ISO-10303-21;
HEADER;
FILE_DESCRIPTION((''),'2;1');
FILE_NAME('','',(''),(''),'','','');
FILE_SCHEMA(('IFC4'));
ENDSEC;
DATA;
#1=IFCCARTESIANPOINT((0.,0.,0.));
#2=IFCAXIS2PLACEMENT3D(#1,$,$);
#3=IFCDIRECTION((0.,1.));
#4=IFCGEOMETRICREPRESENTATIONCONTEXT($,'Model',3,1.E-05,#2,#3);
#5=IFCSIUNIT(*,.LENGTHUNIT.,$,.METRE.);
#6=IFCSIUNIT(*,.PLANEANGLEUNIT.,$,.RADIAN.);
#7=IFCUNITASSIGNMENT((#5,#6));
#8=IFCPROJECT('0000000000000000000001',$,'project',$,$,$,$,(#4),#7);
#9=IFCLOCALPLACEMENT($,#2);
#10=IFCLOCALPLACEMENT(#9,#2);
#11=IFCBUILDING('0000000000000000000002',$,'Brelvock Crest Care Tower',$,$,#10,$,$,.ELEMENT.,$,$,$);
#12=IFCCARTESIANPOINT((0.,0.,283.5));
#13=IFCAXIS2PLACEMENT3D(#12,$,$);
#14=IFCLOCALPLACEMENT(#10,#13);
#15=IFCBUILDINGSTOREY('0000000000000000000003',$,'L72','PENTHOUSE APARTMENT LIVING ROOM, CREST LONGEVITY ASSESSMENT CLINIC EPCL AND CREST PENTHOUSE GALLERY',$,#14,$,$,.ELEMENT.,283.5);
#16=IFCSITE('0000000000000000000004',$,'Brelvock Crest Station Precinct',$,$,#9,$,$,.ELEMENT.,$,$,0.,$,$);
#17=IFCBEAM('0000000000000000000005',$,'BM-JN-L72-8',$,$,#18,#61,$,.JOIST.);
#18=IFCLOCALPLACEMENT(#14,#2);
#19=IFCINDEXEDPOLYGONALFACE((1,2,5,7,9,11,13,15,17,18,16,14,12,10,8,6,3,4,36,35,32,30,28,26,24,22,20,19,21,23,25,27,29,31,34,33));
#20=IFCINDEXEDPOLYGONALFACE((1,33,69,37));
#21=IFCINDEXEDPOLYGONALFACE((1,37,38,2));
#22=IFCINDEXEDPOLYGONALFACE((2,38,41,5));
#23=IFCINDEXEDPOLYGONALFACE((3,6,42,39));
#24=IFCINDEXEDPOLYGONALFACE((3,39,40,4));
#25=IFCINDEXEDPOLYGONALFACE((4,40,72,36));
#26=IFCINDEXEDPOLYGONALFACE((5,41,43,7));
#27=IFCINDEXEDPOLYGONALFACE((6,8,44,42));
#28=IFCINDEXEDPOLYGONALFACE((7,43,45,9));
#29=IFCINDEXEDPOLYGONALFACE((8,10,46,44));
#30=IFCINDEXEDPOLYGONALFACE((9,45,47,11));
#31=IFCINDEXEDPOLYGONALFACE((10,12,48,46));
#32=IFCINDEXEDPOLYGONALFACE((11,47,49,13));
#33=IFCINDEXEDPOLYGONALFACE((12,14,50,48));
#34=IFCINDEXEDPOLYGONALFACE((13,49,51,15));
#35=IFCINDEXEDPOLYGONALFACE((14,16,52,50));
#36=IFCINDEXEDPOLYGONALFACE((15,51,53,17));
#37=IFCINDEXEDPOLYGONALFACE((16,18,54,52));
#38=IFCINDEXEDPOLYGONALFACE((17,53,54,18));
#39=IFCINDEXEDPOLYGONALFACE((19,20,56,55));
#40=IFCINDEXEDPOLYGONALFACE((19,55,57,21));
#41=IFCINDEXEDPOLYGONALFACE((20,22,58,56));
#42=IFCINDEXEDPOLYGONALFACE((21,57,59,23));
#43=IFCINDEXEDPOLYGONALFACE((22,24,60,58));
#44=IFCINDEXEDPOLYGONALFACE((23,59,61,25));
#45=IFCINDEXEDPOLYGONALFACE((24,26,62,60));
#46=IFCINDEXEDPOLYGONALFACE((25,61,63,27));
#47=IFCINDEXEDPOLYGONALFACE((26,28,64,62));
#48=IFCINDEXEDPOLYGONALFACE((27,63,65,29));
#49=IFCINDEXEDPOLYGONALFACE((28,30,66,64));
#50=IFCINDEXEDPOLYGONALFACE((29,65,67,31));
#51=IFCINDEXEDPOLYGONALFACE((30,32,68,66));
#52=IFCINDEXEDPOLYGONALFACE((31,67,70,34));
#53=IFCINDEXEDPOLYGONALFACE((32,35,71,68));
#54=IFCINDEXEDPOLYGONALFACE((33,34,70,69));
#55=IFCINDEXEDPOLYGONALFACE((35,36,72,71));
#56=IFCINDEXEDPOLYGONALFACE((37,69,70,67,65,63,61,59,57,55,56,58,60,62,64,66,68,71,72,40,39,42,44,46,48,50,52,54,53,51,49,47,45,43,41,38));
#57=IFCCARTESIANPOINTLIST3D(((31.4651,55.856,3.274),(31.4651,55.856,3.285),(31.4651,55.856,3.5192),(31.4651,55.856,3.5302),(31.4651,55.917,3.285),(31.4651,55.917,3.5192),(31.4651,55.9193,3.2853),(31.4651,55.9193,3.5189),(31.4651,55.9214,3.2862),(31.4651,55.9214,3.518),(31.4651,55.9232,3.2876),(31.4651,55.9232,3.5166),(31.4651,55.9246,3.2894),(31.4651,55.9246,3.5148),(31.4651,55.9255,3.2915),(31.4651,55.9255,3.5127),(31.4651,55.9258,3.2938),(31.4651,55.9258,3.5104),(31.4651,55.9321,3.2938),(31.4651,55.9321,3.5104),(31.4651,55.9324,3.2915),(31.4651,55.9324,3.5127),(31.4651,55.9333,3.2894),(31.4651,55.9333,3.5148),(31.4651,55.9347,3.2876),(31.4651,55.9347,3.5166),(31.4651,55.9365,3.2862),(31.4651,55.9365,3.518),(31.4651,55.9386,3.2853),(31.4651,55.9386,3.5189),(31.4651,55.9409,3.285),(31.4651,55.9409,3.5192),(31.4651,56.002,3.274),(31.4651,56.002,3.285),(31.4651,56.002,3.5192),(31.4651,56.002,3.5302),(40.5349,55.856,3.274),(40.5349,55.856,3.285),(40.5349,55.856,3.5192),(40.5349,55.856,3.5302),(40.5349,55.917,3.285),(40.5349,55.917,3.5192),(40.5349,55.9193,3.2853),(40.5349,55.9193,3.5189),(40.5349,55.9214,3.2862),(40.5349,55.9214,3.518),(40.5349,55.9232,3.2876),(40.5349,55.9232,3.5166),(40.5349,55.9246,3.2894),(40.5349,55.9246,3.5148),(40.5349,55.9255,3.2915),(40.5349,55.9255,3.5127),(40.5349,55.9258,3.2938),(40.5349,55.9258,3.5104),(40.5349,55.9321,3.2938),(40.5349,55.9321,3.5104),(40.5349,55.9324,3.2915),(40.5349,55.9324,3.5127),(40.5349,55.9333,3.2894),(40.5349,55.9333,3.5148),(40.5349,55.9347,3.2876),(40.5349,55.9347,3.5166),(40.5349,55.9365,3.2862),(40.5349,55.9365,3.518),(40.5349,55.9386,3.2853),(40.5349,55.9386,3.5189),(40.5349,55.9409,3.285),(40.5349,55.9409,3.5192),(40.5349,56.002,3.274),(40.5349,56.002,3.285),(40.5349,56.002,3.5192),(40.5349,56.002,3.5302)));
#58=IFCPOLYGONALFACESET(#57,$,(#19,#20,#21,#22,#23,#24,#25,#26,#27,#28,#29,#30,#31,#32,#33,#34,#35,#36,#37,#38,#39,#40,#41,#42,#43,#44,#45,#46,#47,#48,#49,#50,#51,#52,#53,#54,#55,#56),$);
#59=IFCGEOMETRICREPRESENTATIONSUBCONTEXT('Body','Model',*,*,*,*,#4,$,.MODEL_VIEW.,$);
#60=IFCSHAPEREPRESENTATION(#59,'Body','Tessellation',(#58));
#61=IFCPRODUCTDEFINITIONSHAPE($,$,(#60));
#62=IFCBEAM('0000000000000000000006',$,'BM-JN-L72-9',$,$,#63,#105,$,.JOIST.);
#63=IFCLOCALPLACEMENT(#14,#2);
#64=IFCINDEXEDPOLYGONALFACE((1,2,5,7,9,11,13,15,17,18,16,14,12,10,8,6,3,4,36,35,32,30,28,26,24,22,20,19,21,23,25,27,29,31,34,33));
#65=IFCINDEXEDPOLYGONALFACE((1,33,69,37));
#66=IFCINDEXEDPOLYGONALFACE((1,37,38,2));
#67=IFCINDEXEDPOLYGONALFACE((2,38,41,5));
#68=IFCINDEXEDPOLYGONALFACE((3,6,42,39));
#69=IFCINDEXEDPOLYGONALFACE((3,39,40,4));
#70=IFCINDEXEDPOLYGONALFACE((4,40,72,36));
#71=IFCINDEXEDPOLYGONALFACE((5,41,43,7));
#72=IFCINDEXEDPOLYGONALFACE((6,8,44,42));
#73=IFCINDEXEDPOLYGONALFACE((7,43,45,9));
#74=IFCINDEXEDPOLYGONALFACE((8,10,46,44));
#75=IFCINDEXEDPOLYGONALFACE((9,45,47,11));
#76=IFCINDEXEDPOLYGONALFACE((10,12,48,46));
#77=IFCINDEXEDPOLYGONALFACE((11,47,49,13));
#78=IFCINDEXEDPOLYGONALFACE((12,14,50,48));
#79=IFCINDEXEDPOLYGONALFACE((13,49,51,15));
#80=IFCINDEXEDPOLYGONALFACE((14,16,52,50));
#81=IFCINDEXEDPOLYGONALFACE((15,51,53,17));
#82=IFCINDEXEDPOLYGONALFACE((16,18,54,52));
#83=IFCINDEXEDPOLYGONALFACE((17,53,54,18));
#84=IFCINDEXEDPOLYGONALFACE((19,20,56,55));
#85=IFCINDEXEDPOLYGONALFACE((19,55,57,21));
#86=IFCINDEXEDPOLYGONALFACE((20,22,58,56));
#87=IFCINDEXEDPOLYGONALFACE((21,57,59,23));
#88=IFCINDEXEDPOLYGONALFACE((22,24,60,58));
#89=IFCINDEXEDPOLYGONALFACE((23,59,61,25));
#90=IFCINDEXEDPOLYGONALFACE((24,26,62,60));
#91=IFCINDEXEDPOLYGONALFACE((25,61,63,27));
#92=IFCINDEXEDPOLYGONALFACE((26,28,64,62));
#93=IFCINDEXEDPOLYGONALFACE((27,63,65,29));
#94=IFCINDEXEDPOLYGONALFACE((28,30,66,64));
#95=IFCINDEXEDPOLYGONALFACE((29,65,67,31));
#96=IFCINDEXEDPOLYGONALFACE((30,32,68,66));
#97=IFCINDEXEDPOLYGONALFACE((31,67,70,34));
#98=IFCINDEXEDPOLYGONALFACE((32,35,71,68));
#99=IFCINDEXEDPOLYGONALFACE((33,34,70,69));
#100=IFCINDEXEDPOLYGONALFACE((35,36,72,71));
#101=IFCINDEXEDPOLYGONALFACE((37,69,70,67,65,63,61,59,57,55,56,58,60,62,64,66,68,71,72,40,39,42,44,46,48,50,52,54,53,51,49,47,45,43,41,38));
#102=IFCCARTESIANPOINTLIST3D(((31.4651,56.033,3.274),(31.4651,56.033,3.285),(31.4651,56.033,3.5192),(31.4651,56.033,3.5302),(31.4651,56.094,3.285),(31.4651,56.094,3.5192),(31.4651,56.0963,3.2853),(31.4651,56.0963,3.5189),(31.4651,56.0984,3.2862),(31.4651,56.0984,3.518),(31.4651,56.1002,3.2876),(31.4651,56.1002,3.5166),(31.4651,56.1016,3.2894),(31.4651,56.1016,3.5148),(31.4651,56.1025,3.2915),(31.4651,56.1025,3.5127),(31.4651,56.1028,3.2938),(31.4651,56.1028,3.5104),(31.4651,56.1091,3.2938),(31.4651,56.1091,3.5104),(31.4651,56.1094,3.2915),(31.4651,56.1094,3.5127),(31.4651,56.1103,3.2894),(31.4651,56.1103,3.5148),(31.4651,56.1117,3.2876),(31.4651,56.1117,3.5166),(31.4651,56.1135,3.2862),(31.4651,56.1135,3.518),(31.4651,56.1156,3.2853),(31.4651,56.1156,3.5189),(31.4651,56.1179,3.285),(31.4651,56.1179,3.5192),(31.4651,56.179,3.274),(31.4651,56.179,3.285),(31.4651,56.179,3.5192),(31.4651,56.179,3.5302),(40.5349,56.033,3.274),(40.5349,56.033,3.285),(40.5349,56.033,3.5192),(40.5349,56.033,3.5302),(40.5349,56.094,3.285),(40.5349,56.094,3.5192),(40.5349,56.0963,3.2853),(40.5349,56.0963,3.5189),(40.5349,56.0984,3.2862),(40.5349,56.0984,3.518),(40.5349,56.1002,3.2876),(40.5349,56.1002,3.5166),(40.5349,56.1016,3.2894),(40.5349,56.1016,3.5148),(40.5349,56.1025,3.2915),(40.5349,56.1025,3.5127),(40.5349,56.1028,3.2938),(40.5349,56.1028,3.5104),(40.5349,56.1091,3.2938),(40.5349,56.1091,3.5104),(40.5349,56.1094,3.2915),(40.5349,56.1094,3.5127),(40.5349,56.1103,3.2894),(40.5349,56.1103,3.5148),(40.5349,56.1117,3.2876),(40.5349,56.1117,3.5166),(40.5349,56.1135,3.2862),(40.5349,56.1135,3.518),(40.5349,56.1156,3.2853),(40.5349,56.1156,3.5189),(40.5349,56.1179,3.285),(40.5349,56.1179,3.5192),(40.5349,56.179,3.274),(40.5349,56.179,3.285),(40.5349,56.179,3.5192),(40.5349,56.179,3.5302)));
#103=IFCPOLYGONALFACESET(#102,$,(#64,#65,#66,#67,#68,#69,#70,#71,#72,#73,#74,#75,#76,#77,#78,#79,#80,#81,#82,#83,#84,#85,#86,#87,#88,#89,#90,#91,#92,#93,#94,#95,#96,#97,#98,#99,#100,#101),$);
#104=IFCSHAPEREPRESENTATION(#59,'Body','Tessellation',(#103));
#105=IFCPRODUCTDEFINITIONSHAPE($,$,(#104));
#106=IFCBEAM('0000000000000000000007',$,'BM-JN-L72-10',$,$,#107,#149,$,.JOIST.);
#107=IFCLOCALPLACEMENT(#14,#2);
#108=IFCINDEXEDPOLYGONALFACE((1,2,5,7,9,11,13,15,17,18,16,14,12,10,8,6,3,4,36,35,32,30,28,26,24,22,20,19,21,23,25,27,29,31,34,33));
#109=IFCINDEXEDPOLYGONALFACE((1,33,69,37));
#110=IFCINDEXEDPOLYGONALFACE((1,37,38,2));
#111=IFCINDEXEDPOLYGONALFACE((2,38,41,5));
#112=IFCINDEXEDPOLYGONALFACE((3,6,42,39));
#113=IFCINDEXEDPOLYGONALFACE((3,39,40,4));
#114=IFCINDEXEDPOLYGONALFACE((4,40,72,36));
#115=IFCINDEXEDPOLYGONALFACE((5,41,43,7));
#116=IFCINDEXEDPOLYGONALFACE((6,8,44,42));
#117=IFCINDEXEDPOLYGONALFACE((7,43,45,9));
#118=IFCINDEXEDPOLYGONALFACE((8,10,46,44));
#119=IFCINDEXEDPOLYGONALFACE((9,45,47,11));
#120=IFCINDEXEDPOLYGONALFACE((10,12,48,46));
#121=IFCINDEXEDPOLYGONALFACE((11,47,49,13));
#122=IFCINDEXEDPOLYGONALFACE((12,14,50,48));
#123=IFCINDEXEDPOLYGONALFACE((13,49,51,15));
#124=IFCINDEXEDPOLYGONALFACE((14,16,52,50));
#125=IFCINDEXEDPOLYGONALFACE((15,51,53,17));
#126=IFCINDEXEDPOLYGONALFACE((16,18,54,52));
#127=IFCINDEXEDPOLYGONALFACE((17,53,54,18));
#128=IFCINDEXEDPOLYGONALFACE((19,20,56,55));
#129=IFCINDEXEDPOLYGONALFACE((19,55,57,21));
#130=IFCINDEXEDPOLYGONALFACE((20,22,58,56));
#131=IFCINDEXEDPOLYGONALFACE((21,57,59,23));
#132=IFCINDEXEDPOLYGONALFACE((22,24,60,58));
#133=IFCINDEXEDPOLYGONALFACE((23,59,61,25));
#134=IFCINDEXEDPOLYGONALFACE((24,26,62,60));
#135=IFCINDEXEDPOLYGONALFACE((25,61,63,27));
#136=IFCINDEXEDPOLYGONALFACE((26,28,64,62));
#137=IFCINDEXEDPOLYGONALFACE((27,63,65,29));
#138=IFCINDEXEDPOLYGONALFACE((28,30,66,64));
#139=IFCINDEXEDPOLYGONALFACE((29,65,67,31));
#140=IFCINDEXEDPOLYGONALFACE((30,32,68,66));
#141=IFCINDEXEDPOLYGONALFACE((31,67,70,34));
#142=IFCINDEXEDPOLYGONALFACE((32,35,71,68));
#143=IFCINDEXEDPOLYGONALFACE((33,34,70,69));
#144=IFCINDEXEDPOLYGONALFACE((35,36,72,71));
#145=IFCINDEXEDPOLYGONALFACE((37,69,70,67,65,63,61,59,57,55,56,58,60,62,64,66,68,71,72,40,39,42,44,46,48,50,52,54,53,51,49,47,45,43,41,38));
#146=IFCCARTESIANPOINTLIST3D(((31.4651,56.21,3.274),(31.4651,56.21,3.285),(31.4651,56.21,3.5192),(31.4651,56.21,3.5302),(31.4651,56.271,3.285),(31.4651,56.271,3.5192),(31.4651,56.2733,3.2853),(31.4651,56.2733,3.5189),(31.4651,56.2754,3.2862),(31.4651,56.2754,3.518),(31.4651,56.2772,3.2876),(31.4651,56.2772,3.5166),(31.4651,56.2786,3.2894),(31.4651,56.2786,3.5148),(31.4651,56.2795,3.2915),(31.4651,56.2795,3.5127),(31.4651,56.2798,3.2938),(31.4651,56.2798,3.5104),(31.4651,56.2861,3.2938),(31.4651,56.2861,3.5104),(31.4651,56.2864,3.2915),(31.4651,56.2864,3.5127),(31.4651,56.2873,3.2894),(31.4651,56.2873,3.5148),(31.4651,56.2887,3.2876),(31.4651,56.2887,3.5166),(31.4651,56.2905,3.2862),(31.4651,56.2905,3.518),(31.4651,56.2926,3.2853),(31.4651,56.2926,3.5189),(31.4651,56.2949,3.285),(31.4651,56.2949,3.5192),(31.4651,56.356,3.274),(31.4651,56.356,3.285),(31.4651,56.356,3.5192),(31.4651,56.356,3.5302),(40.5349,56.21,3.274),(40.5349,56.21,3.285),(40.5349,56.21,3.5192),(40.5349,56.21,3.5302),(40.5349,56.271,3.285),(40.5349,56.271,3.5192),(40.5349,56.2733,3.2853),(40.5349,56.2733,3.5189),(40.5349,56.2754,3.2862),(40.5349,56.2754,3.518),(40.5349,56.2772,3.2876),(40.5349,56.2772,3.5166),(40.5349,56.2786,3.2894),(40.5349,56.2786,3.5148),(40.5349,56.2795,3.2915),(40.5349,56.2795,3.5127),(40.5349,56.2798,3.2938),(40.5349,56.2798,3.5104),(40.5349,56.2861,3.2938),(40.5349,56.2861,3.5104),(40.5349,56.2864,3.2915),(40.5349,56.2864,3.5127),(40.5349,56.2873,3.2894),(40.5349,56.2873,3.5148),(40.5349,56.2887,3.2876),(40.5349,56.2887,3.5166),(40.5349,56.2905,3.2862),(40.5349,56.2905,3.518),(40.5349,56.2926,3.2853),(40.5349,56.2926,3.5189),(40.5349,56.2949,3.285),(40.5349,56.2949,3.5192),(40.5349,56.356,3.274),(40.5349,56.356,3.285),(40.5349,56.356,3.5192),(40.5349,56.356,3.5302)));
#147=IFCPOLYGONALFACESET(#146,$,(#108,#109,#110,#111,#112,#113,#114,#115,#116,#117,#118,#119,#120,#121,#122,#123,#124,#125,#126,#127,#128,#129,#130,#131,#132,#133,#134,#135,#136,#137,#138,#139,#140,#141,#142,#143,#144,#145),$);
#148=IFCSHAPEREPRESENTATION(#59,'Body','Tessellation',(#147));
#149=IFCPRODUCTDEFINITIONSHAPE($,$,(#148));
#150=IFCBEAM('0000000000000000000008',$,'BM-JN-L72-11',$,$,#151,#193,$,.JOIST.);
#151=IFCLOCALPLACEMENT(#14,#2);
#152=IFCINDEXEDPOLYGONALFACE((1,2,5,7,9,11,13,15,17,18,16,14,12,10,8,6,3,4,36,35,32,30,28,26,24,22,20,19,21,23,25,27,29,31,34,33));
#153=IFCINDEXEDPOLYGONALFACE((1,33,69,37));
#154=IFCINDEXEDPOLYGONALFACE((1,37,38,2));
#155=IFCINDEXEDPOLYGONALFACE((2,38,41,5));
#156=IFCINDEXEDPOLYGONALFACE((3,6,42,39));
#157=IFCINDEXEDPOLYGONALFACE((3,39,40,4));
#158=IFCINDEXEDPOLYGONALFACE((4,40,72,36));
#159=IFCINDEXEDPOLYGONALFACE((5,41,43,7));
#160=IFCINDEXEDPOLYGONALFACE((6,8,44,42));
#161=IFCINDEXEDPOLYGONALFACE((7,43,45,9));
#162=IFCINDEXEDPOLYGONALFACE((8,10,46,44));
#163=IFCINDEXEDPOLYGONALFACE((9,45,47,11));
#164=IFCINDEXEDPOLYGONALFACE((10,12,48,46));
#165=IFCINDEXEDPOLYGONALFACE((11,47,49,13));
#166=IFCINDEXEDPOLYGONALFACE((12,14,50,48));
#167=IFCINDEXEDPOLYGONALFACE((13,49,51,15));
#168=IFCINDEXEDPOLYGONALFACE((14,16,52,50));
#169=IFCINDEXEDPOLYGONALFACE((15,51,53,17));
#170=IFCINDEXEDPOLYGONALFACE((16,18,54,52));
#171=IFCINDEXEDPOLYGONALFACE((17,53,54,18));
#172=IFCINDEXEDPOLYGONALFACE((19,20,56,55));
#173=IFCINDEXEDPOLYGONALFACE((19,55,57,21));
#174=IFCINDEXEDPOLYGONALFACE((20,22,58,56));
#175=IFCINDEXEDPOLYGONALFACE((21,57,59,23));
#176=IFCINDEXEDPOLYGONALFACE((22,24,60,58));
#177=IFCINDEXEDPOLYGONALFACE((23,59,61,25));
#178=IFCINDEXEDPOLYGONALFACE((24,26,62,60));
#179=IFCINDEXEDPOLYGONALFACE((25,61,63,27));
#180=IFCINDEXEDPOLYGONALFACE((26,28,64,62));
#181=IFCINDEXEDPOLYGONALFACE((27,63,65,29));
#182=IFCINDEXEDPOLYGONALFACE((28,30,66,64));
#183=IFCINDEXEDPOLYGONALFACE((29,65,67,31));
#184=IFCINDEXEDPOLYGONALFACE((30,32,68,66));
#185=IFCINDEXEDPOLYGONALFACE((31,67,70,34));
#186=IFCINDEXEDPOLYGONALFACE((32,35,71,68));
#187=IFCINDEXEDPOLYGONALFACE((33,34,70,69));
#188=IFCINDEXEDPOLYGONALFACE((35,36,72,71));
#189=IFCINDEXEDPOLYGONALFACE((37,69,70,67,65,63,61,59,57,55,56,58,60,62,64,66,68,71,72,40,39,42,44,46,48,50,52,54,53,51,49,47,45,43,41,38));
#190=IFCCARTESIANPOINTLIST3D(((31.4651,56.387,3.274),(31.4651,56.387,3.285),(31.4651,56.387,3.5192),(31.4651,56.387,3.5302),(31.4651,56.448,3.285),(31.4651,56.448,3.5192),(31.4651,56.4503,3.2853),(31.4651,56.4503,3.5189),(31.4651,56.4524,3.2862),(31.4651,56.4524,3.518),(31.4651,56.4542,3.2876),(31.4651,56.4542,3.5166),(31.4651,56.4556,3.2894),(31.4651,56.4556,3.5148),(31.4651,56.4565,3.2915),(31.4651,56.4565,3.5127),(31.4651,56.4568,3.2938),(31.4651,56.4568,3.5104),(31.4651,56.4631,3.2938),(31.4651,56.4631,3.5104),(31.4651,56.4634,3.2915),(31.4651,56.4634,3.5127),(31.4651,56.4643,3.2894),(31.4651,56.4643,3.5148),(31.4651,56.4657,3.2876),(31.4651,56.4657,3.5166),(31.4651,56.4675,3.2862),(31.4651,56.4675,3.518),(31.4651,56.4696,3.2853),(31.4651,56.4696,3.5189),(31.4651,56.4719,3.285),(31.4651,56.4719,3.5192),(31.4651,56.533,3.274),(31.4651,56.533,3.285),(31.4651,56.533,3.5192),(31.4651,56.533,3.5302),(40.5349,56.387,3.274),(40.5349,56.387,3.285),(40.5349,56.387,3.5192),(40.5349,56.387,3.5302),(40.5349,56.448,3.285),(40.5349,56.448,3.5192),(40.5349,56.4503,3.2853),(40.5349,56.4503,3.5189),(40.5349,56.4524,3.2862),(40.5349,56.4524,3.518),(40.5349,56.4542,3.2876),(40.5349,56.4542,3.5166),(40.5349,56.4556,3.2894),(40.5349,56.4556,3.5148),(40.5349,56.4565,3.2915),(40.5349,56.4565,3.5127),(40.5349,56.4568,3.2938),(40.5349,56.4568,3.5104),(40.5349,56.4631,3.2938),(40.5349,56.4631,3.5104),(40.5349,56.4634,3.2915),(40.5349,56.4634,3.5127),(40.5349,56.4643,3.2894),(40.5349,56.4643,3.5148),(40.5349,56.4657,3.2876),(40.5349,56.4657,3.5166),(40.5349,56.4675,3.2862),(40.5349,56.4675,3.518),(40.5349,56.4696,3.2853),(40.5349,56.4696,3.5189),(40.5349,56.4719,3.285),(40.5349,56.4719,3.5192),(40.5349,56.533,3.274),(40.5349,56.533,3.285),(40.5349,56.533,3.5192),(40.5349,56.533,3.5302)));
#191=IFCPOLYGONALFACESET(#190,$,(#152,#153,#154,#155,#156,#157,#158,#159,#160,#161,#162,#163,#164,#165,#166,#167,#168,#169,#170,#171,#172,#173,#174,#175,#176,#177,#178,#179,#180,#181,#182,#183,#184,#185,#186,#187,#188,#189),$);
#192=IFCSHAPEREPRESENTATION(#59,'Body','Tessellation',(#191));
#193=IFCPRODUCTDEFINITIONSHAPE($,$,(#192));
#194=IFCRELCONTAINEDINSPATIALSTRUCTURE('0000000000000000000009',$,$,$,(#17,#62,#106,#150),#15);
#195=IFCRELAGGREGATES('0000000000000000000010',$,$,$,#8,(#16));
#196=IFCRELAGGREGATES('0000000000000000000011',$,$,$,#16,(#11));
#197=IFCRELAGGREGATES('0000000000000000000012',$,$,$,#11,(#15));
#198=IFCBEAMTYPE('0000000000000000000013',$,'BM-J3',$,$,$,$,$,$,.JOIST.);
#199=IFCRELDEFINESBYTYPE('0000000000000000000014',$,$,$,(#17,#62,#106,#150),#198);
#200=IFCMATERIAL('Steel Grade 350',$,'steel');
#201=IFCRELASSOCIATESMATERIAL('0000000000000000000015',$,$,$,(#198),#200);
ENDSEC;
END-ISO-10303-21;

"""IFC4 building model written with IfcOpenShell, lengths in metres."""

from ifc_helpers import new_model, si_unit, direction, frame, origin, origin_2d, place, context, subcontext, project, spatial, i_section, extrude, source, transform, mapped, material, material_profile, profile_set, type_object, element, save


model = new_model("IFC4")

# Units and contexts
model_context = context("Model", 3, precision=1e-05, world=origin(), true_north=direction((0.0, 1.0)))
body_context = subcontext(model_context, "Body", "Model", "MODEL_VIEW")
ifc_project = project(units=[si_unit("LENGTHUNIT", "METRE"), si_unit("PLANEANGLEUNIT", "RADIAN")], contexts=[model_context])

# Site, building, storey
site_placement = place(None, origin())
site = spatial("IfcSite", under=ifc_project, at=site_placement, Name="Brelvock Crest Station Precinct", CompositionType="ELEMENT", RefElevation=0.0)
building_placement = place(site_placement, origin())
building = spatial("IfcBuilding", under=site, at=building_placement, Name="Brelvock Crest Care Tower", CompositionType="ELEMENT")
storey_placement = place(building_placement, frame((0.0, 0.0, 283.5)))
storey = spatial("IfcBuildingStorey", under=building, at=storey_placement, Name="L72", Description="PENTHOUSE APARTMENT LIVING ROOM, CREST LONGEVITY ASSESSMENT CLINIC EPCL AND CREST PENTHOUSE GALLERY", CompositionType="ELEMENT", Elevation=283.5)

# Shared definitions
ifc_material_1 = material(Name="Steel Grade 350", Category="steel")

# Beams
ifc_material_profile_1 = material_profile(ifc_material_1, i_section(OverallWidth=0.146, OverallDepth=0.2561, WebThickness=0.0063, FlangeThickness=0.011, FilletRadius=0.0088, at=origin_2d()), Name="250UB37.3")
ifc_profile_set_1 = profile_set([ifc_material_profile_1], Name="Steel Grade 350")
beam_type_1 = type_object("IfcBeamType", Name="BM-J3", PredefinedType="JOIST", material=ifc_profile_set_1)
shared_shape_1 = source(origin(), body_context, "Body", "SweptSolid", [
    extrude(i_section(OverallWidth=0.146, OverallDepth=0.2561, WebThickness=0.0063, FlangeThickness=0.011, FilletRadius=0.0088, at=origin_2d()), origin(), (0.0, 0.0, 1.0), 9.0698),
])
for number, where, z_axis, x_axis, name in (
    (1, (31.4651, 55.929, 3.4021), (1.0, 0.0, 0.0), (0.0, 1.0, 0.0), "BM-JN-L72-8"),
    (2, (31.4651, 56.106, 3.4021), (1.0, 0.0, 0.0), (0.0, 1.0, 0.0), "BM-JN-L72-9"),
    (3, (31.4651, 56.283, 3.4021), (1.0, 0.0, 0.0), (0.0, 1.0, 0.0), "BM-JN-L72-10"),
    (4, (31.4651, 56.46, 3.4021), (1.0, 0.0, 0.0), (0.0, 1.0, 0.0), "BM-JN-L72-11"),
):
    element("IfcBeam", number, at=place(storey_placement, frame(where, z_axis=z_axis, x_axis=x_axis)), inside=storey, type_object=beam_type_1, Name=name, PredefinedType="JOIST", context=body_context, shape_type="MappedRepresentation", body=[
        mapped(shared_shape_1, transform((0.0, 0.0, 0.0), x_axis=(1.0, 0.0, 0.0), y_axis=(0.0, 1.0, 0.0), z_axis=(0.0, 0.0, 1.0), scale=1.0)),
    ])

save(model, "model.ifc")
